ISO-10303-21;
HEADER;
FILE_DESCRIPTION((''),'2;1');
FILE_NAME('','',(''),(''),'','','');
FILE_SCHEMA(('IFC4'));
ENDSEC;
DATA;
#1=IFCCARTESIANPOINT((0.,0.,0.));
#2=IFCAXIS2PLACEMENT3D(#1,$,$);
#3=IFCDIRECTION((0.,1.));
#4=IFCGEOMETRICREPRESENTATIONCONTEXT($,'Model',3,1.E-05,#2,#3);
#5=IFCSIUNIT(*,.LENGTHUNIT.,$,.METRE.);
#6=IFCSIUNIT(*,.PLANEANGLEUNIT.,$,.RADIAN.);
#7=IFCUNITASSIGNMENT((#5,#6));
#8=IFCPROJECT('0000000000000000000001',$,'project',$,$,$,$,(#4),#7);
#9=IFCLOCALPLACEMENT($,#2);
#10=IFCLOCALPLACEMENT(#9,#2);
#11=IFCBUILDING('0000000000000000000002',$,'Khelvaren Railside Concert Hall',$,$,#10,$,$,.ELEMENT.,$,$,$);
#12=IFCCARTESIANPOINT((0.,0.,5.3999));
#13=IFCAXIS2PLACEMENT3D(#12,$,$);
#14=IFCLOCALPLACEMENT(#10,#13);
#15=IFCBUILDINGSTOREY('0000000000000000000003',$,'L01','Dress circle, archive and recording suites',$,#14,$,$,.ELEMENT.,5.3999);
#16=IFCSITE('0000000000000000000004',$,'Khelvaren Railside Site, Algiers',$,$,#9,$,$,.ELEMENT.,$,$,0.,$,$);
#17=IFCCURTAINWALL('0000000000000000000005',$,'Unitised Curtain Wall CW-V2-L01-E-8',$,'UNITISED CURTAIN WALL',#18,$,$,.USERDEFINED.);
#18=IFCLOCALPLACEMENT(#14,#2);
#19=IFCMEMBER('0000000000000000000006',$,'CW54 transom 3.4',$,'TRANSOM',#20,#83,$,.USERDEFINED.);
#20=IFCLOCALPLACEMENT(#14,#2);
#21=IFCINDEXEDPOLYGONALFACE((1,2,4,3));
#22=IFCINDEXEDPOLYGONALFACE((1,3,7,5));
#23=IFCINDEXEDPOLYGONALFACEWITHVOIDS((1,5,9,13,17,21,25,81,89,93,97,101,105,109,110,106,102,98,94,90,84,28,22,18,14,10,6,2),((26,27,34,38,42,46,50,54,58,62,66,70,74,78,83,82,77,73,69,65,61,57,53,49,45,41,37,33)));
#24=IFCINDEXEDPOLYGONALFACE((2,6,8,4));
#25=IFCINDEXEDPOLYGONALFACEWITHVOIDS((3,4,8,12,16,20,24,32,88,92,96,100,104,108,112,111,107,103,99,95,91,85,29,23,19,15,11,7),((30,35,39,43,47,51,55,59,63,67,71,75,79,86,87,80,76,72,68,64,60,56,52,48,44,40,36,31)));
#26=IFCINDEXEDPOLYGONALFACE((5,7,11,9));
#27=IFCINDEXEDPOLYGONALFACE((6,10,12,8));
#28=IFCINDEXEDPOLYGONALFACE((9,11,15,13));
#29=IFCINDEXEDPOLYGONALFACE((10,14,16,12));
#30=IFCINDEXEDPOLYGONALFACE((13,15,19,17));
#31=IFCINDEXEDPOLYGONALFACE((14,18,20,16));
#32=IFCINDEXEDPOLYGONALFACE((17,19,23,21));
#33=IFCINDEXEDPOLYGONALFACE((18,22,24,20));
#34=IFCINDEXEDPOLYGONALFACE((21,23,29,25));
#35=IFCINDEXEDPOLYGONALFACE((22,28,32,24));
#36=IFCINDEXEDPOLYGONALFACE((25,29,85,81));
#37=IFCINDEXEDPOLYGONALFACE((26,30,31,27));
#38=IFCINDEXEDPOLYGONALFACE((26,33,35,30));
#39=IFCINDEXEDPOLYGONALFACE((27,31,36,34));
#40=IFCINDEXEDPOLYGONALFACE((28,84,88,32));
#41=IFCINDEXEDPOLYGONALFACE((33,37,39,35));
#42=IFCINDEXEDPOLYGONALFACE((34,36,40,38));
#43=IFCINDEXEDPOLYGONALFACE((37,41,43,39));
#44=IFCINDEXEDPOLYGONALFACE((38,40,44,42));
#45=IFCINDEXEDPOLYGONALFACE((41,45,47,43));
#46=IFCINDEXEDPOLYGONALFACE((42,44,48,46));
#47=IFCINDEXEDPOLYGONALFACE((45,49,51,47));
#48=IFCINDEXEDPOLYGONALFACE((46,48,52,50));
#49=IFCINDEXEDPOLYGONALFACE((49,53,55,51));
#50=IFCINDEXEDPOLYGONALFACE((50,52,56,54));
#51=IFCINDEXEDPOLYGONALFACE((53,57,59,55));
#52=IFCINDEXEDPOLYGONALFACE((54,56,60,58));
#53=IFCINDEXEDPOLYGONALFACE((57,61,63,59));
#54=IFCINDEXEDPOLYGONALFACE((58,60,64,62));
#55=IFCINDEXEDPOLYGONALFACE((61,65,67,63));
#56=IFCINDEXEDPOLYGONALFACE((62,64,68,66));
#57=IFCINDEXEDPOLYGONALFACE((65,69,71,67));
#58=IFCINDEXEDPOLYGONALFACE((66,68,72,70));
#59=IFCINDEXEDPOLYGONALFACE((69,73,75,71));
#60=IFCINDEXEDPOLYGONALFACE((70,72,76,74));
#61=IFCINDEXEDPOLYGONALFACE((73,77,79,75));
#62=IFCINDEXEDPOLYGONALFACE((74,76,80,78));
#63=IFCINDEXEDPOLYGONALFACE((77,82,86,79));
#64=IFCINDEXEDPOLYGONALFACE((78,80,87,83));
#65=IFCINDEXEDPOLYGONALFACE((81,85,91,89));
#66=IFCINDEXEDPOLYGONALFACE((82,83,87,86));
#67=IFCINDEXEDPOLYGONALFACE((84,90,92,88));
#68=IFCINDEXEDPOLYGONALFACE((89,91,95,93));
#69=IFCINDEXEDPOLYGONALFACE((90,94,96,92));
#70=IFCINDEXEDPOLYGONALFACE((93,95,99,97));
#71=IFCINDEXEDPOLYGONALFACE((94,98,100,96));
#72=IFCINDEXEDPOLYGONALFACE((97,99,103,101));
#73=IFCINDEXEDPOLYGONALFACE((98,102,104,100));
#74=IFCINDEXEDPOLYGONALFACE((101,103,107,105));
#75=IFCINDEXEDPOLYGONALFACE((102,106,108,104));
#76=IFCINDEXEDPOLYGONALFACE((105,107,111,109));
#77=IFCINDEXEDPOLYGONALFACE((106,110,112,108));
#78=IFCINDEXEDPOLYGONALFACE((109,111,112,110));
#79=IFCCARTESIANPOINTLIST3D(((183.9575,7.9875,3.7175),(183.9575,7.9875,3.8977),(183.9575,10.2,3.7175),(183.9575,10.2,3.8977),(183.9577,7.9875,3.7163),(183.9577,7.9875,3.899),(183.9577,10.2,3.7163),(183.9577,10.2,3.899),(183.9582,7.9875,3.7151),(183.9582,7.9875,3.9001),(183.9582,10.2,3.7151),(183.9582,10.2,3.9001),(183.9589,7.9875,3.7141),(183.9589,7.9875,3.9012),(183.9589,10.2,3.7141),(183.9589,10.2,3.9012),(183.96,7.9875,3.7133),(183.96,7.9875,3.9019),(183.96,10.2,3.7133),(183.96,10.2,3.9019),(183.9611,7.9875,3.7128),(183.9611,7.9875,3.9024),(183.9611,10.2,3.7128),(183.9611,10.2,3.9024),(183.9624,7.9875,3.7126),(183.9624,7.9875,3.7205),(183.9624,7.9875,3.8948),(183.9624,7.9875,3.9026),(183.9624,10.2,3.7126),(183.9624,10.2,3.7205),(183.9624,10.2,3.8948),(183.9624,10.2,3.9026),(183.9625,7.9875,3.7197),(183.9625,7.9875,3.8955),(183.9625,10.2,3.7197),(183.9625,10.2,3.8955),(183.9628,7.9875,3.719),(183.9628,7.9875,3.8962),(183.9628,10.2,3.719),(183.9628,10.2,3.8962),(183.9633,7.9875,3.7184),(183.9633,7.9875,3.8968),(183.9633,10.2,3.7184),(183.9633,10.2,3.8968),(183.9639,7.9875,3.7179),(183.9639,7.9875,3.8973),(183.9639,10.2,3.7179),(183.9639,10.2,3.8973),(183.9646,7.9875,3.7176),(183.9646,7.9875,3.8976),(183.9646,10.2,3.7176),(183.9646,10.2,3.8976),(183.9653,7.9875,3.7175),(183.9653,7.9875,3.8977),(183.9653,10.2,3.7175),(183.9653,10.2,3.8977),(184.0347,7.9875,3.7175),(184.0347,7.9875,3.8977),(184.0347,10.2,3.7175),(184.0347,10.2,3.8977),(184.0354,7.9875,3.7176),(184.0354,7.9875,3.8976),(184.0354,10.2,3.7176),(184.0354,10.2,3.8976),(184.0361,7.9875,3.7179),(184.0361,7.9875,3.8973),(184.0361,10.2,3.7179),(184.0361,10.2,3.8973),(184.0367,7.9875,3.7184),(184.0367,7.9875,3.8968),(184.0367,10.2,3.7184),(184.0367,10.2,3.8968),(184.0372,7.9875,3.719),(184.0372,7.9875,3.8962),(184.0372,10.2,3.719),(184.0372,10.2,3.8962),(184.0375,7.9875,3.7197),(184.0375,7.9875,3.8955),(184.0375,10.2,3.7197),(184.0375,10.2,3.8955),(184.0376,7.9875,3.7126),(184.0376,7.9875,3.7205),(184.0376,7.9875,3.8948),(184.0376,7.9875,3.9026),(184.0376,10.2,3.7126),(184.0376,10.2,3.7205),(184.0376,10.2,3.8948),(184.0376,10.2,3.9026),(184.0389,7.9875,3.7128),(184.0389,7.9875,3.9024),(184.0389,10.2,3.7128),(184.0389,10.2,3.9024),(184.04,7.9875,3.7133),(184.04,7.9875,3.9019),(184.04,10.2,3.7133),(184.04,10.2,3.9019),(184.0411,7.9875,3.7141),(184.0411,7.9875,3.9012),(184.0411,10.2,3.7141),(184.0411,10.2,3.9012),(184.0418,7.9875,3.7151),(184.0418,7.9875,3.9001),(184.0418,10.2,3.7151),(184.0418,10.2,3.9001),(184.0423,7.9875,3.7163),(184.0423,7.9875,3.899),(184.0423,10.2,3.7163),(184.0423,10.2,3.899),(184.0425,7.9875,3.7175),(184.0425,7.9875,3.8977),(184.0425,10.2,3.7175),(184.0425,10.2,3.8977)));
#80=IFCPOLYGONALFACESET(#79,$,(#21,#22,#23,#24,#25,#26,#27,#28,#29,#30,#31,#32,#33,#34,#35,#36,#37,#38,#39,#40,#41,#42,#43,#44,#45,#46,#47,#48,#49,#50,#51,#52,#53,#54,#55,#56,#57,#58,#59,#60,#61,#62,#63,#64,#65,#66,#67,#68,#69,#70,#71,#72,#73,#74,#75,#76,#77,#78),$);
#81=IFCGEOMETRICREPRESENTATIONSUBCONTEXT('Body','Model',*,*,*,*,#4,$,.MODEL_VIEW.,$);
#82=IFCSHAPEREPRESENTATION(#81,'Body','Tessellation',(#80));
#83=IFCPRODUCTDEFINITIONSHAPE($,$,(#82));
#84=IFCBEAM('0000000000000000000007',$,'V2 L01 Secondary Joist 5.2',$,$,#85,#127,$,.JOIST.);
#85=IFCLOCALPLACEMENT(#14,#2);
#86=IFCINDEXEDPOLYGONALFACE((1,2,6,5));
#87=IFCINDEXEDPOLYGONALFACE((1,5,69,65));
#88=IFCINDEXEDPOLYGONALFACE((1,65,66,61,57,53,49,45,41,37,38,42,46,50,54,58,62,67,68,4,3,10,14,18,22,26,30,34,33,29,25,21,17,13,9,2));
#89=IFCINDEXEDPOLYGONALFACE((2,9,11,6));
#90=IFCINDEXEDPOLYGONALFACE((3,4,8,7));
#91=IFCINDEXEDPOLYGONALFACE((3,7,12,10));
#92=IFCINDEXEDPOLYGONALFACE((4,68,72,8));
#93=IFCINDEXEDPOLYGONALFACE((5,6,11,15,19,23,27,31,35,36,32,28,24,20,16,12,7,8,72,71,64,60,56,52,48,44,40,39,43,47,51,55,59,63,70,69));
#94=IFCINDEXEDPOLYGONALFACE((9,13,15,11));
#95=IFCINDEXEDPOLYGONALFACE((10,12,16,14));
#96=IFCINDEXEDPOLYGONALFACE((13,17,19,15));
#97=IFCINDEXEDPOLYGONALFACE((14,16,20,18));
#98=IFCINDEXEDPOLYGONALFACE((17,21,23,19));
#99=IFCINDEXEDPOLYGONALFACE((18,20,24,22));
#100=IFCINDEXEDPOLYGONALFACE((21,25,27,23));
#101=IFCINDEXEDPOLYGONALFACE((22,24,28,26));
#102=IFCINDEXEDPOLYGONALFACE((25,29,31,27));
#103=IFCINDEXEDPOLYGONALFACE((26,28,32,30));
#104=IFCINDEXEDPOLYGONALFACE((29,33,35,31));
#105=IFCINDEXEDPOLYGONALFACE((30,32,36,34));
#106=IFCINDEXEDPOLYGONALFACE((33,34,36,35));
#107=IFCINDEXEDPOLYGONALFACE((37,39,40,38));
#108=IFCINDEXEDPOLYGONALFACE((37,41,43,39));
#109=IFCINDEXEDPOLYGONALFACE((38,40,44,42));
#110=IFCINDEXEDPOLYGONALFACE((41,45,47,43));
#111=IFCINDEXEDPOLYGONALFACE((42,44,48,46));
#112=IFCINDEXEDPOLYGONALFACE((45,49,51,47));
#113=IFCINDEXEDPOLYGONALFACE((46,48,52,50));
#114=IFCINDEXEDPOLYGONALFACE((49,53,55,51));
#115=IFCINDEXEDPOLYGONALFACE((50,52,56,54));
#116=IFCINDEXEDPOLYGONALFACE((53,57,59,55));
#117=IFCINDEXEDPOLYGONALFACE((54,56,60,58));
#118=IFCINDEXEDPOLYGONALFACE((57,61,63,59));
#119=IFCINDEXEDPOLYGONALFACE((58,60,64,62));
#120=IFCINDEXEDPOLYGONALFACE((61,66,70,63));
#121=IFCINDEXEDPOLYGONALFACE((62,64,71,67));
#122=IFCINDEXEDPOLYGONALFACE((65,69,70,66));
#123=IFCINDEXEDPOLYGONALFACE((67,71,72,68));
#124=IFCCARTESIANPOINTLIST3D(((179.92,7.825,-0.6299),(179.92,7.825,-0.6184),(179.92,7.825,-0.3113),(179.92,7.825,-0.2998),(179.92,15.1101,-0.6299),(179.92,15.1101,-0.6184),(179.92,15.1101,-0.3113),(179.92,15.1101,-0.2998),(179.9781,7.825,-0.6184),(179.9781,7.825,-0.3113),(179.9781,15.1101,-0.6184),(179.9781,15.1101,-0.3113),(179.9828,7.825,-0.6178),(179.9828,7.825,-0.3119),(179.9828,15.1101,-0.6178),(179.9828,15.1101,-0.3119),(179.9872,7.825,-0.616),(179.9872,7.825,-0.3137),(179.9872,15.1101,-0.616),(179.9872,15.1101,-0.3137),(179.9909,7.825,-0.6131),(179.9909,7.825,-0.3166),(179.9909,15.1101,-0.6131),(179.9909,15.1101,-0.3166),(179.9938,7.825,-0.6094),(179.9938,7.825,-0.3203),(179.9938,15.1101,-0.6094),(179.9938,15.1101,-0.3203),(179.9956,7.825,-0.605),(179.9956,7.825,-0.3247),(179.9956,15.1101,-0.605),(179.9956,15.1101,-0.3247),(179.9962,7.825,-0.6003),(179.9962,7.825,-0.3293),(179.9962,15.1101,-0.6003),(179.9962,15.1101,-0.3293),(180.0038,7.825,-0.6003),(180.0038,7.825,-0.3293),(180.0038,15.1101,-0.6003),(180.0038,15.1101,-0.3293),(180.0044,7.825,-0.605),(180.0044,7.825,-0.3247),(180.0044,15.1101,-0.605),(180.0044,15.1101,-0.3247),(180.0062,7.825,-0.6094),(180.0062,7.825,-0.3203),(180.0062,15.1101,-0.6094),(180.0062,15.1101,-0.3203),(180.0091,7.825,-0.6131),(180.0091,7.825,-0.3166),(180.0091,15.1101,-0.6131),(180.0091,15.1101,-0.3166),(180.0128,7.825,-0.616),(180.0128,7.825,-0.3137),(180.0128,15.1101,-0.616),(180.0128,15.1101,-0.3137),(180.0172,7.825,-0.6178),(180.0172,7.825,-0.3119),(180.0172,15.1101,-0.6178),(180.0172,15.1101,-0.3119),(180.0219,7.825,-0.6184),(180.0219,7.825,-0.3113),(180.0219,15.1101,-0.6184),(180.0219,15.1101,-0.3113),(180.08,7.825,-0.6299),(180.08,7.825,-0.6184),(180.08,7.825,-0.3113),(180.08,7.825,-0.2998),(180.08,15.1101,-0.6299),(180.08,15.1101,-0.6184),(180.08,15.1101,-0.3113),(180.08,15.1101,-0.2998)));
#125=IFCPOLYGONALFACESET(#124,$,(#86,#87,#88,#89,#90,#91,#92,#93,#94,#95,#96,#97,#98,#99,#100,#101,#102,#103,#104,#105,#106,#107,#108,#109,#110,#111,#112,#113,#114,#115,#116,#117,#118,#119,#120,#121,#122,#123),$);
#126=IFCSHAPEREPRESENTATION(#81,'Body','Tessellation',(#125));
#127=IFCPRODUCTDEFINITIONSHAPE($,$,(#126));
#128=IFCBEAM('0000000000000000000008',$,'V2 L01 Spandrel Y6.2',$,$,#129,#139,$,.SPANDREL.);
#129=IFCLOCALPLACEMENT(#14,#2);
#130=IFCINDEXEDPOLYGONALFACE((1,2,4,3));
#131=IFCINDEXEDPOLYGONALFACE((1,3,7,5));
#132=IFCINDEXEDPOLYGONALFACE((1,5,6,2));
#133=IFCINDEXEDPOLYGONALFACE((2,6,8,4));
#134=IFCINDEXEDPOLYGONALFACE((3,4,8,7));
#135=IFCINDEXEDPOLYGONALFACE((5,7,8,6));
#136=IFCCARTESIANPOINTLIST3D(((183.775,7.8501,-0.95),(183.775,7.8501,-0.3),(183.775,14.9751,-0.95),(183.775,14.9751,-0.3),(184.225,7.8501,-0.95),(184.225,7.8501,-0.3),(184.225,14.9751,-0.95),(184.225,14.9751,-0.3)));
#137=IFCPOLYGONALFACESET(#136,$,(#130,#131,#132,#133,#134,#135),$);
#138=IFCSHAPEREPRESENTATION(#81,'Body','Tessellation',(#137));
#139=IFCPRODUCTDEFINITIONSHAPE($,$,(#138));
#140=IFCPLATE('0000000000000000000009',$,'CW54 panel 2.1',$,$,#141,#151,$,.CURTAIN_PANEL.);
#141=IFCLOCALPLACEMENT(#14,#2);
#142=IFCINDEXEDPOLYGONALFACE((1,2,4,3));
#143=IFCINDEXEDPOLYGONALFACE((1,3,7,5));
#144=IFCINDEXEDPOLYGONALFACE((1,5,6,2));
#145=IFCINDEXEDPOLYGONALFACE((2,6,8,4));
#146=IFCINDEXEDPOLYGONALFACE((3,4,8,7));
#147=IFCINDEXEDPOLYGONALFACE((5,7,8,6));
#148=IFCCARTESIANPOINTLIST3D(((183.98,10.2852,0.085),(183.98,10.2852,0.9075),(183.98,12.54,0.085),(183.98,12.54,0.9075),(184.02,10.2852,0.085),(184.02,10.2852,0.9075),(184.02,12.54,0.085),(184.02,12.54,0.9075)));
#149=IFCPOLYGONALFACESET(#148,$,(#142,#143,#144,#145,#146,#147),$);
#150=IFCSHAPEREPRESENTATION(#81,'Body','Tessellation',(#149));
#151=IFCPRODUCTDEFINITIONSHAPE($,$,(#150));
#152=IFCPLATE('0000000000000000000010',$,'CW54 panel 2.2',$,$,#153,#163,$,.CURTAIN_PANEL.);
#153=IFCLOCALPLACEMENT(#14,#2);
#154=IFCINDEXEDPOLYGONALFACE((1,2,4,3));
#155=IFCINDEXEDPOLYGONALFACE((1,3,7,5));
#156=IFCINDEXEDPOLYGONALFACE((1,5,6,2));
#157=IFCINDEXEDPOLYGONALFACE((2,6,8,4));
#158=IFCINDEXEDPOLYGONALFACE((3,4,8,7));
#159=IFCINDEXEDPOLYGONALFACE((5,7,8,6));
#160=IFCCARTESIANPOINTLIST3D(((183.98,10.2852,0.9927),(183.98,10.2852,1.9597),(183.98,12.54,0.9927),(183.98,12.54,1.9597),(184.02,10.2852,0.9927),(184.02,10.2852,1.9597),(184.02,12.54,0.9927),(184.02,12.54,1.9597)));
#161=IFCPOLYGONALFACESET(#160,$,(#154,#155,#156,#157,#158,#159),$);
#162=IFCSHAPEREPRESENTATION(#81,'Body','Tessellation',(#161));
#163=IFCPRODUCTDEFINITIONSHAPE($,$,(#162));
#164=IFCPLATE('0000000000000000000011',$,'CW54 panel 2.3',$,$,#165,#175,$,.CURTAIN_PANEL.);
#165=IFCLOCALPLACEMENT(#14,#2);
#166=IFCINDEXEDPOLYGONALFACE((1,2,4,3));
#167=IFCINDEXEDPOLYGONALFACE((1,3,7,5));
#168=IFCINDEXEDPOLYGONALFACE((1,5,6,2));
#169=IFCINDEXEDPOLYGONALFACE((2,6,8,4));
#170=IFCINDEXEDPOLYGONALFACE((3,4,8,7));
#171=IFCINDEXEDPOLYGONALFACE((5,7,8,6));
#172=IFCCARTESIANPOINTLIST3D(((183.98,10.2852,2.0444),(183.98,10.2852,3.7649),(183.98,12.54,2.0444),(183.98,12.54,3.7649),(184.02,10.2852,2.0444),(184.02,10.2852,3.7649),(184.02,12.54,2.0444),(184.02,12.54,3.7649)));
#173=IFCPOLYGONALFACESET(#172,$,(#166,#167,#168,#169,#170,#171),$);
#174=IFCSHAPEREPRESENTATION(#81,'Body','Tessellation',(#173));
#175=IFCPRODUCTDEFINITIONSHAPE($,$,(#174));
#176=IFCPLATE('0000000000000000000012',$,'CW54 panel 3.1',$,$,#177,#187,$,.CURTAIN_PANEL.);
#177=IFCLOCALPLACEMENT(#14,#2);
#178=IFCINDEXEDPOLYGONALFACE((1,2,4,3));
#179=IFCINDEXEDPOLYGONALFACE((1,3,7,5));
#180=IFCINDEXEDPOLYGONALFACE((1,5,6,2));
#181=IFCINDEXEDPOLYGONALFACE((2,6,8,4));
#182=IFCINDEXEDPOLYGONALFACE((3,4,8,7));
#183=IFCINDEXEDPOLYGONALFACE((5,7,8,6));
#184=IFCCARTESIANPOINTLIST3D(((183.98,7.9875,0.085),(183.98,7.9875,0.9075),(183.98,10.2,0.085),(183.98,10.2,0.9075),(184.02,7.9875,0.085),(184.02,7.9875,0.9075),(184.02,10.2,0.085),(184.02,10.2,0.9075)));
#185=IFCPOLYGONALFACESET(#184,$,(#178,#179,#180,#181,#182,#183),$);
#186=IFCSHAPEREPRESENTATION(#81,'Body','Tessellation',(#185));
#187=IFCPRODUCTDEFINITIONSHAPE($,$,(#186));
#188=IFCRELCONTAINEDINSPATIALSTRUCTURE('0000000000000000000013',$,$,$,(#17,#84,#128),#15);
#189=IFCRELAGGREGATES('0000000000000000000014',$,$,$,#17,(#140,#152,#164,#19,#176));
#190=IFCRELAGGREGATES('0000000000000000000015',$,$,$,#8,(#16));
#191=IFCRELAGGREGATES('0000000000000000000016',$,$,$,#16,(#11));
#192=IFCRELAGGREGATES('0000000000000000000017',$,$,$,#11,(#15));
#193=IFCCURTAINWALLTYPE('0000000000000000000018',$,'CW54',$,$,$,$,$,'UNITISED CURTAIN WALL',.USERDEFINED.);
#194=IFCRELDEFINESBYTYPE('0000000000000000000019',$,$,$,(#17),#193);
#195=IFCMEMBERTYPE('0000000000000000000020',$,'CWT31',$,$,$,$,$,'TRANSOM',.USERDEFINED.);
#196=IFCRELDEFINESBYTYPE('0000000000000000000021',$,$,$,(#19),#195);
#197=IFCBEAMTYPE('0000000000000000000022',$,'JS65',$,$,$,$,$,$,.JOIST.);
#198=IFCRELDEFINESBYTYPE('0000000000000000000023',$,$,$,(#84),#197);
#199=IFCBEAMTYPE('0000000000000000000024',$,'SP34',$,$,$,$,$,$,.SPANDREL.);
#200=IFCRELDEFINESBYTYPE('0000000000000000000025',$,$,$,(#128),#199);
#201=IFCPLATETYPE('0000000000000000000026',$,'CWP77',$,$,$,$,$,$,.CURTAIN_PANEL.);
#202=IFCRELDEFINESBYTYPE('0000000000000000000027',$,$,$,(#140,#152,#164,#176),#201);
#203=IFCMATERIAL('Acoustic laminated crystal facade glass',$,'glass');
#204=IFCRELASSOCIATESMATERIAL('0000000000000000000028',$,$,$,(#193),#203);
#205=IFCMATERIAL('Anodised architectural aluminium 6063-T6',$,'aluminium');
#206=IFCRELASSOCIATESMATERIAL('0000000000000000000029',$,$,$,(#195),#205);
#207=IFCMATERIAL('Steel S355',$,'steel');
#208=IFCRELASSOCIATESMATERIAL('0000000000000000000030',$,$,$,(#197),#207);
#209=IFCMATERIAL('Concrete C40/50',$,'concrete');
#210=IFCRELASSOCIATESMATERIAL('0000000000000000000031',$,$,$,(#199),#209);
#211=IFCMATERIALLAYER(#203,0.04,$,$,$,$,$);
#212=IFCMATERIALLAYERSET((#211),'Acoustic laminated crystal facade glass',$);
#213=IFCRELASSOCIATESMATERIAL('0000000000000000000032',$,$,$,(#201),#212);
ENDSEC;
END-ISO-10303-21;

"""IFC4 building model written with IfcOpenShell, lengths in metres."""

from ifc_helpers import new_model, si_unit, direction, frame, origin, origin_2d, place, context, subcontext, project, spatial, rectangle, hollow_rectangle, i_section, extrude, material, layer, layer_set, material_profile, profile_set, type_object, element, aggregate, save


model = new_model("IFC4")

# Units and contexts
model_context = context("Model", 3, precision=1e-05, world=origin(), true_north=direction((0.0, 1.0)))
body_context = subcontext(model_context, "Body", "Model", "MODEL_VIEW")
ifc_project = project(units=[si_unit("LENGTHUNIT", "METRE"), si_unit("PLANEANGLEUNIT", "RADIAN")], contexts=[model_context])

# Site, building, storey
site_placement = place(None, origin())
site = spatial("IfcSite", under=ifc_project, at=site_placement, Name="Khelvaren Railside Site, Algiers", CompositionType="ELEMENT", RefElevation=0.0)
building_placement = place(site_placement, origin())
building = spatial("IfcBuilding", under=site, at=building_placement, Name="Khelvaren Railside Concert Hall", CompositionType="ELEMENT")
storey_placement = place(building_placement, frame((0.0, 0.0, 5.3999)))
storey = spatial("IfcBuildingStorey", under=building, at=storey_placement, Name="L01", Description="Dress circle, archive and recording suites", CompositionType="ELEMENT", Elevation=5.3999)

# Shared definitions
ifc_material_1 = material(Name="Steel S355", Category="steel")

# Shared definitions
ifc_material_2 = material(Name="Concrete C40/50", Category="concrete")

# Shared definitions
ifc_material_3 = material(Name="Acoustic laminated crystal facade glass", Category="glass")
ifc_material_4 = material(Name="Anodised architectural aluminium 6063-T6", Category="aluminium")

# Curtain wall
curtain_wall_type_1 = type_object("IfcCurtainWallType", Name="CW54", ElementType="UNITISED CURTAIN WALL", PredefinedType="USERDEFINED", material=ifc_material_3)
curtain_wall_1_placement = place(storey_placement, origin())
curtain_wall_1 = element("IfcCurtainWall", 1, at=curtain_wall_1_placement, inside=storey, type_object=curtain_wall_type_1, Name="Unitised Curtain Wall CW-V2-L01-E-8", ObjectType="UNITISED CURTAIN WALL", PredefinedType="USERDEFINED")

# Member
ifc_material_profile_1 = material_profile(ifc_material_4, hollow_rectangle(XDim=0.085, YDim=0.1899, WallThickness=0.0049, InnerFilletRadius=0.0029, OuterFilletRadius=0.0049, at=origin_2d()), Name="CWT 85x190x5")
ifc_profile_set_1 = profile_set([ifc_material_profile_1], Name="Anodised architectural aluminium 6063-T6")
member_type_1 = type_object("IfcMemberType", Name="CWT31", ElementType="TRANSOM", PredefinedType="USERDEFINED", material=ifc_profile_set_1)
member_1_placement = place(storey_placement, frame((184.0, 10.2, 3.8076), z_axis=(0.0, -1.0, 0.0), x_axis=(1.0, 0.0, 0.0)))
member_1 = element("IfcMember", 2, at=member_1_placement, type_object=member_type_1, Name="CW54 transom 3.4", ObjectType="TRANSOM", PredefinedType="USERDEFINED", context=body_context, shape_type="SweptSolid", body=[
    extrude(hollow_rectangle(XDim=0.085, YDim=0.1899, WallThickness=0.0049, InnerFilletRadius=0.0029, OuterFilletRadius=0.0049, at=origin_2d()), origin(), (0.0, 0.0, 1.0), 2.2124),
])

# Beams
ifc_material_profile_2 = material_profile(ifc_material_1, i_section(OverallWidth=0.1599, OverallDepth=0.3301, WebThickness=0.0076, FlangeThickness=0.0115, FilletRadius=0.0181, at=origin_2d()), Name="IPE 330")
ifc_profile_set_2 = profile_set([ifc_material_profile_2], Name="Steel S355")
beam_type_1 = type_object("IfcBeamType", Name="JS65", PredefinedType="JOIST", material=ifc_profile_set_2)
beam_1_placement = place(storey_placement, frame((180.0, 7.825, -0.4648), z_axis=(0.0, 1.0, 0.0), x_axis=(-1.0, 0.0, 0.0)))
element("IfcBeam", 3, at=beam_1_placement, inside=storey, type_object=beam_type_1, Name="V2 L01 Secondary Joist 5.2", PredefinedType="JOIST", context=body_context, shape_type="SweptSolid", body=[
    extrude(i_section(OverallWidth=0.1599, OverallDepth=0.3301, WebThickness=0.0076, FlangeThickness=0.0115, FilletRadius=0.0181, at=origin_2d()), origin(), (0.0, 0.0, 1.0), 7.2852),
])
ifc_material_profile_3 = material_profile(ifc_material_2, rectangle(XDim=0.45, YDim=0.6499, at=origin_2d()), Name="RCB 450x650")
ifc_profile_set_3 = profile_set([ifc_material_profile_3], Name="Concrete C40/50")
beam_type_2 = type_object("IfcBeamType", Name="SP34", PredefinedType="SPANDREL", material=ifc_profile_set_3)
beam_2_placement = place(storey_placement, frame((184.0, 7.8501, -0.625), z_axis=(0.0, 1.0, 0.0), x_axis=(-1.0, 0.0, 0.0)))
element("IfcBeam", 4, at=beam_2_placement, inside=storey, type_object=beam_type_2, Name="V2 L01 Spandrel Y6.2", PredefinedType="SPANDREL", context=body_context, shape_type="SweptSolid", body=[
    extrude(rectangle(XDim=0.45, YDim=0.6499, at=origin_2d()), origin(), (0.0, 0.0, 1.0), 7.125),
])

# Plates
ifc_layer = layer(ifc_material_3, 0.04)
ifc_layer_set = layer_set([ifc_layer], Name="Acoustic laminated crystal facade glass")
plate_type = type_object("IfcPlateType", Name="CWP77", PredefinedType="CURTAIN_PANEL", material=ifc_layer_set)
plate_1_placement = place(storey_placement, frame((184.0, 11.4126, 0.085), z_axis=(0.0, 0.0, 1.0), x_axis=(0.0, -1.0, 0.0)))
plate_1 = element("IfcPlate", 5, at=plate_1_placement, type_object=plate_type, Name="CW54 panel 2.1", PredefinedType="CURTAIN_PANEL", context=body_context, shape_type="SweptSolid", body=[
    extrude(rectangle(XDim=2.2549, YDim=0.04, at=origin_2d()), origin(), (0.0, 0.0, 1.0), 0.8225),
])
plate_2_placement = place(storey_placement, frame((184.0, 11.4126, 0.9927), z_axis=(0.0, 0.0, 1.0), x_axis=(0.0, -1.0, 0.0)))
plate_2 = element("IfcPlate", 6, at=plate_2_placement, type_object=plate_type, Name="CW54 panel 2.2", PredefinedType="CURTAIN_PANEL", context=body_context, shape_type="SweptSolid", body=[
    extrude(rectangle(XDim=2.2549, YDim=0.04, at=origin_2d()), origin(), (0.0, 0.0, 1.0), 0.967),
])
plate_3_placement = place(storey_placement, frame((184.0, 11.4126, 2.0444), z_axis=(0.0, 0.0, 1.0), x_axis=(0.0, -1.0, 0.0)))
plate_3 = element("IfcPlate", 7, at=plate_3_placement, type_object=plate_type, Name="CW54 panel 2.3", PredefinedType="CURTAIN_PANEL", context=body_context, shape_type="SweptSolid", body=[
    extrude(rectangle(XDim=2.2549, YDim=0.04, at=origin_2d()), origin(), (0.0, 0.0, 1.0), 1.7205),
])
plate_4_placement = place(storey_placement, frame((184.0, 9.0938, 0.085), z_axis=(0.0, 0.0, 1.0), x_axis=(0.0, -1.0, 0.0)))
plate_4 = element("IfcPlate", 8, at=plate_4_placement, type_object=plate_type, Name="CW54 panel 3.1", PredefinedType="CURTAIN_PANEL", context=body_context, shape_type="SweptSolid", body=[
    extrude(rectangle(XDim=2.2124, YDim=0.04, at=origin_2d()), origin(), (0.0, 0.0, 1.0), 0.8225),
])
aggregate(curtain_wall_1, [plate_1, plate_2, plate_3, member_1, plate_4])

save(model, "model.ifc")
